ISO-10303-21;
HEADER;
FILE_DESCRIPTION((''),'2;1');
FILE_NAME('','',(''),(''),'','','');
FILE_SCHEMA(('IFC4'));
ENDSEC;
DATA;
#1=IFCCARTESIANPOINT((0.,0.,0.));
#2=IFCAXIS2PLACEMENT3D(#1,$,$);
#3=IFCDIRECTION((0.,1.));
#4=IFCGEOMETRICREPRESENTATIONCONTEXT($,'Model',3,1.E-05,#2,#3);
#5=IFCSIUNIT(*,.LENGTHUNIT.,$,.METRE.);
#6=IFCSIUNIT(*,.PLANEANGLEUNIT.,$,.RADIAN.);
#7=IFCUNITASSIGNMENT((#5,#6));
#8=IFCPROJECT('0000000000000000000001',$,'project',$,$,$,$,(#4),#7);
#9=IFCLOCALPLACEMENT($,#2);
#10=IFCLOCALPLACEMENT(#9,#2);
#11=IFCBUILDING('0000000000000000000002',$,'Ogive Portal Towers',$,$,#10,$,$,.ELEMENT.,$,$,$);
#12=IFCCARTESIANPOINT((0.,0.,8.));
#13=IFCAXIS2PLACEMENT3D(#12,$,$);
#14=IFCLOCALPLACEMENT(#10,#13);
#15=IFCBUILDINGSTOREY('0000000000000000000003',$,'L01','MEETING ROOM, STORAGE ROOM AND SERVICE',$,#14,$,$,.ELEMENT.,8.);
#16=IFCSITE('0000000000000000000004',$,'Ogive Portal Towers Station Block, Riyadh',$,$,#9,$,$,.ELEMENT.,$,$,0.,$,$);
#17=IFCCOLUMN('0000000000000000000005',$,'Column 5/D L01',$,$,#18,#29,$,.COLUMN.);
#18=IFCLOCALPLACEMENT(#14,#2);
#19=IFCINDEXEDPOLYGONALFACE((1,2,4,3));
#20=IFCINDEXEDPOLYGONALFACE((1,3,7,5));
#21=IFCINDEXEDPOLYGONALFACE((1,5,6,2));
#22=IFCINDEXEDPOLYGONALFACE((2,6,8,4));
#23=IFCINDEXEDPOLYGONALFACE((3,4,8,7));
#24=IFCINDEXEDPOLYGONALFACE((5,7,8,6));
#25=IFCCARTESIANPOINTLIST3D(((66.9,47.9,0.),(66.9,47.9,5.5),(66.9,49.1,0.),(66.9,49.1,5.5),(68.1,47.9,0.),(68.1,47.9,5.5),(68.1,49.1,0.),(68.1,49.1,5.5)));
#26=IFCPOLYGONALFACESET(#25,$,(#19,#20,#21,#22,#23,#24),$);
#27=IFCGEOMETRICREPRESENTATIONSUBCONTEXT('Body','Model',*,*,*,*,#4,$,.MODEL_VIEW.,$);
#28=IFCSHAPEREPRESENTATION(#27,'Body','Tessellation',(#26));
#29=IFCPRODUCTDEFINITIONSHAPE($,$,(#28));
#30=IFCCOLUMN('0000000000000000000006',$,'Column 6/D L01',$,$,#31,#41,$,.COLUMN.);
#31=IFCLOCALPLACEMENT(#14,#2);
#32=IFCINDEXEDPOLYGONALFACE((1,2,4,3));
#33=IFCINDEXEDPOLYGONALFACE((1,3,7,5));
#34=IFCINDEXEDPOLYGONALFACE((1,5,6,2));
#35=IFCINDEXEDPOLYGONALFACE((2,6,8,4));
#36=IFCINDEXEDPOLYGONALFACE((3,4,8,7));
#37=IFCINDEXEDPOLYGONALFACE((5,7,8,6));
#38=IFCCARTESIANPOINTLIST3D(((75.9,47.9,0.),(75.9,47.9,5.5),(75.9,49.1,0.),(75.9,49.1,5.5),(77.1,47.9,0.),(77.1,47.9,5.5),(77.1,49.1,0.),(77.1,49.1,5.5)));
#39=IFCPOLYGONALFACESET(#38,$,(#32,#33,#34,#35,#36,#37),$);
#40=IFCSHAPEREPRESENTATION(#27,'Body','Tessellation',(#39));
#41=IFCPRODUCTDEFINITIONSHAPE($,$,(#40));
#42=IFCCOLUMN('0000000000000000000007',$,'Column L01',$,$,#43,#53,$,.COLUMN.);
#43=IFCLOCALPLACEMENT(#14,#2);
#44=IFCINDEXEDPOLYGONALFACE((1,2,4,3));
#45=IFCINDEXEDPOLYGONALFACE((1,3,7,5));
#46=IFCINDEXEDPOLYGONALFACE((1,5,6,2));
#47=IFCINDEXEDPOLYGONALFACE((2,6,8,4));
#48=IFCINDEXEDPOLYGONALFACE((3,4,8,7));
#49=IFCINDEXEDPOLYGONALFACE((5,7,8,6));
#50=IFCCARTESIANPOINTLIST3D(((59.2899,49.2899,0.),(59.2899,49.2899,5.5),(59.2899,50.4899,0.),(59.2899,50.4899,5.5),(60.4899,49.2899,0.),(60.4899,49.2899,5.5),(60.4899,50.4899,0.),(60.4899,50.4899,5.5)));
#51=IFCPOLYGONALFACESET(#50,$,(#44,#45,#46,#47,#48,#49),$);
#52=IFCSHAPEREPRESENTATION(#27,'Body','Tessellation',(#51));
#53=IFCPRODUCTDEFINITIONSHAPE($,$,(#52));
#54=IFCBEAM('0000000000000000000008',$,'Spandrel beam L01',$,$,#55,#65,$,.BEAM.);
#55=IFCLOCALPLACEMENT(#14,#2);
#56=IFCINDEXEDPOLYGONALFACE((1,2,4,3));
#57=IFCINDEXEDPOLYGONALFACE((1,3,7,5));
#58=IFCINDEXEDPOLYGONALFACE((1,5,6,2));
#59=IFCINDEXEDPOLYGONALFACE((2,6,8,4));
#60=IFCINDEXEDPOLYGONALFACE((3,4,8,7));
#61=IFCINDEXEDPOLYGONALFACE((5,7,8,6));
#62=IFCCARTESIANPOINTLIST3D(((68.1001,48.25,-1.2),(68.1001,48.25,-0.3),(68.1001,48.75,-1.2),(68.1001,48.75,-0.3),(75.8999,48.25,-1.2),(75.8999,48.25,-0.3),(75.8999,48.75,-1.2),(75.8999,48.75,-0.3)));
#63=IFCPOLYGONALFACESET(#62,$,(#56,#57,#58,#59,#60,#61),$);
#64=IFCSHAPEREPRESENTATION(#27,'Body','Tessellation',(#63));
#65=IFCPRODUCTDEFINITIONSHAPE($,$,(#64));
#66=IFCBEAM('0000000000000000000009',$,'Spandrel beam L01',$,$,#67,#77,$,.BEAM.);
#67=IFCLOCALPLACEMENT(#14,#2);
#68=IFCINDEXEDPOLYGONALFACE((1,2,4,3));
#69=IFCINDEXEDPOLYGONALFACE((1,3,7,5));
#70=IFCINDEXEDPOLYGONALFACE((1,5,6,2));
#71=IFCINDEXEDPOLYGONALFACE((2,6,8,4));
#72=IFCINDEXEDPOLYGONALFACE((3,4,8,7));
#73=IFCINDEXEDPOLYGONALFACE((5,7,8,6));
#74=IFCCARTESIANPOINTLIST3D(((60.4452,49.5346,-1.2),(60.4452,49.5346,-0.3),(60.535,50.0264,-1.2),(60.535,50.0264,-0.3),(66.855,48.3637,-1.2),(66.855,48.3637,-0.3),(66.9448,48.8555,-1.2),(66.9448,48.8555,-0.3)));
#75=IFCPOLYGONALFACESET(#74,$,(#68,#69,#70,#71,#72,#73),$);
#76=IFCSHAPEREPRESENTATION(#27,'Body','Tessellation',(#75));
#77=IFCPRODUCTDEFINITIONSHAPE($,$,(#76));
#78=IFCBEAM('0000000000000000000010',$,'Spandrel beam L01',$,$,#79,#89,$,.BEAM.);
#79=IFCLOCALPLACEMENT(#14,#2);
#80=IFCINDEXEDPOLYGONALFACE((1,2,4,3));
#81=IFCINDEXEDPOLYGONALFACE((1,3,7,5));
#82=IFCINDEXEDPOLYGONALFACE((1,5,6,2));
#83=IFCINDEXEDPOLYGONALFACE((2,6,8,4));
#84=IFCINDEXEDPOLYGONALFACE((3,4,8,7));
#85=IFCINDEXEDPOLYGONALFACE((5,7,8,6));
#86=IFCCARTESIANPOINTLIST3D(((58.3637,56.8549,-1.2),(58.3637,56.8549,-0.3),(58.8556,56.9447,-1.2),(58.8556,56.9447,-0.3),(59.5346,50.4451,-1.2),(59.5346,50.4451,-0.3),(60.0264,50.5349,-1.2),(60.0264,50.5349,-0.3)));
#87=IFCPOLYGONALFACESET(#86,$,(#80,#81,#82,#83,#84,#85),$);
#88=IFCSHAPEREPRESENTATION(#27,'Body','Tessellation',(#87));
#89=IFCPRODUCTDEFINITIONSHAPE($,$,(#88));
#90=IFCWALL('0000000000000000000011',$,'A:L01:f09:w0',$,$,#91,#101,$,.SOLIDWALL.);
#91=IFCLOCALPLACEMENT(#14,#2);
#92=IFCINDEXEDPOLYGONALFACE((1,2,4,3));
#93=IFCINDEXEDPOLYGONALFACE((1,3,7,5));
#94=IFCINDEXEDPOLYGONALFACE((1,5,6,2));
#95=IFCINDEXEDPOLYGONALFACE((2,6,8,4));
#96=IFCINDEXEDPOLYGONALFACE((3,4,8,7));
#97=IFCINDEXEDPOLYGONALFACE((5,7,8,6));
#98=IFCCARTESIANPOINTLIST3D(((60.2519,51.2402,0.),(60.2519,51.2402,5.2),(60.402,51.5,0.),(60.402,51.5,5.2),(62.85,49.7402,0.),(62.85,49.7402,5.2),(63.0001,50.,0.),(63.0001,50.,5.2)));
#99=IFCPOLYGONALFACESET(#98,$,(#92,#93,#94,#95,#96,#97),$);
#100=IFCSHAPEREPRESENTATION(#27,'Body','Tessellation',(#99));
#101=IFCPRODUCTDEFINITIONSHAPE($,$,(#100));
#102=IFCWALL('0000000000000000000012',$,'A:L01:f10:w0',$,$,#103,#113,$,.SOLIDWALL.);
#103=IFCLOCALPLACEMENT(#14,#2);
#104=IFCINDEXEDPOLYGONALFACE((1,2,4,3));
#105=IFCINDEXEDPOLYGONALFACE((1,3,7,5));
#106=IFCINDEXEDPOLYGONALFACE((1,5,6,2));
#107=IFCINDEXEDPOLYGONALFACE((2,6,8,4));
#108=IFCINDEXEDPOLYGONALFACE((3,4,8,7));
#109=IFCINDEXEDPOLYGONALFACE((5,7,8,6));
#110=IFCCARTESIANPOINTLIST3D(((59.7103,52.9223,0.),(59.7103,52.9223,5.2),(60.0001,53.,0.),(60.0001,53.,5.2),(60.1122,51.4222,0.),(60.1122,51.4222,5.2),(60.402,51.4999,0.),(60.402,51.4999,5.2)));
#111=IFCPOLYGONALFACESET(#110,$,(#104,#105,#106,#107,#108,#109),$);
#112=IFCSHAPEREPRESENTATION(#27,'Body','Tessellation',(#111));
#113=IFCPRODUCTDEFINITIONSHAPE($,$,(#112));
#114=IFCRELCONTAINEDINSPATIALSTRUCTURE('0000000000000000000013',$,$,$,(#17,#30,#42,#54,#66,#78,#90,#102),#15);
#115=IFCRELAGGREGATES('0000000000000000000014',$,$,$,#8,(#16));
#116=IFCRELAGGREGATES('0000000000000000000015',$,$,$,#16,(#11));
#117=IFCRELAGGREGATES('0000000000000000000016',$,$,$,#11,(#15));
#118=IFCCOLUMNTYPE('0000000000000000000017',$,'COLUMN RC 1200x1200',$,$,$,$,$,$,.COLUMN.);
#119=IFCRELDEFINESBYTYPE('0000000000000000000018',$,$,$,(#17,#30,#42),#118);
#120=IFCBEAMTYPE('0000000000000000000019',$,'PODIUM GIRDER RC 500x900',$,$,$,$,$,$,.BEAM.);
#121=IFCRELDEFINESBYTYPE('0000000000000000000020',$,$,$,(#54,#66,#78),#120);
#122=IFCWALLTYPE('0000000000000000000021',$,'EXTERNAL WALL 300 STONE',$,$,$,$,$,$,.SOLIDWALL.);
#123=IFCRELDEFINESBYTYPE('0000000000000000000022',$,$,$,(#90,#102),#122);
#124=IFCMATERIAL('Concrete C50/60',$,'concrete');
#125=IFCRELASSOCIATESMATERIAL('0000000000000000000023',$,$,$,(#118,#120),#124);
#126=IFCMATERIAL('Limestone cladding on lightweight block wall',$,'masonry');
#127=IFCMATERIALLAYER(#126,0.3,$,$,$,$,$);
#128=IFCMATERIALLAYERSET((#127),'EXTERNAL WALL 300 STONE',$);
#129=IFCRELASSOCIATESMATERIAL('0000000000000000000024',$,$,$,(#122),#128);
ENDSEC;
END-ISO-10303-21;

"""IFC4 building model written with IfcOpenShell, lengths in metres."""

from ifc_helpers import new_model, si_unit, direction, frame, frame_2d, origin, origin_2d, place, context, subcontext, project, spatial, rectangle, extrude, material, layer, layer_set, material_profile, profile_set, type_object, element, save


model = new_model("IFC4")

# Units and contexts
model_context = context("Model", 3, precision=1e-05, world=origin(), true_north=direction((0.0, 1.0)))
body_context = subcontext(model_context, "Body", "Model", "MODEL_VIEW")
ifc_project = project(units=[si_unit("LENGTHUNIT", "METRE"), si_unit("PLANEANGLEUNIT", "RADIAN")], contexts=[model_context])

# Site, building, storey
site_placement = place(None, origin())
site = spatial("IfcSite", under=ifc_project, at=site_placement, Name="Ogive Portal Towers Station Block, Riyadh", CompositionType="ELEMENT", RefElevation=0.0)
building_placement = place(site_placement, origin())
building = spatial("IfcBuilding", under=site, at=building_placement, Name="Ogive Portal Towers", CompositionType="ELEMENT")
storey_placement = place(building_placement, frame((0.0, 0.0, 8.0)))
storey = spatial("IfcBuildingStorey", under=building, at=storey_placement, Name="L01", Description="MEETING ROOM, STORAGE ROOM AND SERVICE", CompositionType="ELEMENT", Elevation=8.0)

# Columns
ifc_material_1 = material(Name="Concrete C50/60", Category="concrete")
ifc_material_profile_1 = material_profile(ifc_material_1, rectangle(XDim=1.2, YDim=1.2, at=origin_2d()), Name="RC 1200x1200")
ifc_profile_set_1 = profile_set([ifc_material_profile_1], Name="Concrete C50/60")
column_type = type_object("IfcColumnType", Name="COLUMN RC 1200x1200", PredefinedType="COLUMN", material=ifc_profile_set_1)
for number, where, z_axis, x_axis, name in (
    (1, (67.5, 48.5, 0.0), (0.0, 0.0, 1.0), (1.0, 0.0, 0.0), "Column 5/D L01"),
    (2, (76.5, 48.5, 0.0), (0.0, 0.0, 1.0), (1.0, 0.0, 0.0), "Column 6/D L01"),
    (3, (59.8899, 49.8899, 0.0), (0.0, 0.0, 1.0), (1.0, 0.0, 0.0), "Column L01"),
):
    element("IfcColumn", number, at=place(storey_placement, frame(where, z_axis=z_axis, x_axis=x_axis)), inside=storey, type_object=column_type, Name=name, PredefinedType="COLUMN", context=body_context, shape_type="SweptSolid", body=[
        extrude(rectangle(XDim=1.2, YDim=1.2, at=origin_2d()), origin(), (0.0, 0.0, 1.0), 5.5),
    ])

# Beams
ifc_material_profile_2 = material_profile(ifc_material_1, rectangle(XDim=0.5, YDim=0.8999, at=origin_2d()), Name="RC 500x900")
ifc_profile_set_2 = profile_set([ifc_material_profile_2], Name="Concrete C50/60")
beam_type = type_object("IfcBeamType", Name="PODIUM GIRDER RC 500x900", PredefinedType="BEAM", material=ifc_profile_set_2)
beam_placement = place(storey_placement, frame((75.8999, 48.5, -0.75), z_axis=(-1.0, 0.0, 0.0), x_axis=(0.0, -1.0, 0.0)))
element("IfcBeam", 4, at=beam_placement, inside=storey, type_object=beam_type, Name="Spandrel beam L01", PredefinedType="BEAM", context=body_context, shape_type="SweptSolid", body=[
    extrude(rectangle(XDim=0.5, YDim=0.8999, at=origin_2d()), origin(), (0.0, 0.0, 1.0), 7.7998),
])
for number, where, z_axis, x_axis, name in (
    (5, (66.8999, 48.6096, -0.75), (-0.983722, 0.179696, 0.0), (-0.179696, -0.983722, 0.0), "Spandrel beam L01"),
    (6, (59.7805, 50.49, -0.75), (-0.179696, 0.983722, 0.0), (-0.983722, -0.179696, 0.0), "Spandrel beam L01"),
):
    element("IfcBeam", number, at=place(storey_placement, frame(where, z_axis=z_axis, x_axis=x_axis)), inside=storey, type_object=beam_type, Name=name, PredefinedType="BEAM", context=body_context, shape_type="SweptSolid", body=[
        extrude(rectangle(XDim=0.5, YDim=0.8999, at=origin_2d()), origin(), (0.0, 0.0, 1.0), 6.5159),
    ])

# Walls
ifc_material_2 = material(Name="Limestone cladding on lightweight block wall", Category="masonry")
ifc_layer_1 = layer(ifc_material_2, 0.3)
ifc_layer_set_1 = layer_set([ifc_layer_1], Name="EXTERNAL WALL 300 STONE")
wall_type_1 = type_object("IfcWallType", Name="EXTERNAL WALL 300 STONE", PredefinedType="SOLIDWALL", material=ifc_layer_set_1)
wall_1_placement = place(storey_placement, frame((62.925, 49.8701, 0.0), z_axis=(0.0, 0.0, 1.0), x_axis=(-0.866031, 0.49999, 0.0)))
element("IfcWall", 7, at=wall_1_placement, inside=storey, type_object=wall_type_1, Name="A:L01:f09:w0", PredefinedType="SOLIDWALL", context=body_context, shape_type="SweptSolid", body=[
    extrude(rectangle(XDim=3.0, YDim=0.3, at=frame_2d((1.5, 0.0))), origin(), (0.0, 0.0, 1.0), 5.2),
])
wall_2_placement = place(storey_placement, frame((60.2571, 51.4612, 0.0), z_axis=(0.0, 0.0, 1.0), x_axis=(-0.258778, 0.965937, 0.0)))
element("IfcWall", 8, at=wall_2_placement, inside=storey, type_object=wall_type_1, Name="A:L01:f10:w0", PredefinedType="SOLIDWALL", context=body_context, shape_type="SweptSolid", body=[
    extrude(rectangle(XDim=1.553, YDim=0.3, at=frame_2d((0.7764, 0.0))), origin(), (0.0, 0.0, 1.0), 5.2),
])

save(model, "model.ifc")
